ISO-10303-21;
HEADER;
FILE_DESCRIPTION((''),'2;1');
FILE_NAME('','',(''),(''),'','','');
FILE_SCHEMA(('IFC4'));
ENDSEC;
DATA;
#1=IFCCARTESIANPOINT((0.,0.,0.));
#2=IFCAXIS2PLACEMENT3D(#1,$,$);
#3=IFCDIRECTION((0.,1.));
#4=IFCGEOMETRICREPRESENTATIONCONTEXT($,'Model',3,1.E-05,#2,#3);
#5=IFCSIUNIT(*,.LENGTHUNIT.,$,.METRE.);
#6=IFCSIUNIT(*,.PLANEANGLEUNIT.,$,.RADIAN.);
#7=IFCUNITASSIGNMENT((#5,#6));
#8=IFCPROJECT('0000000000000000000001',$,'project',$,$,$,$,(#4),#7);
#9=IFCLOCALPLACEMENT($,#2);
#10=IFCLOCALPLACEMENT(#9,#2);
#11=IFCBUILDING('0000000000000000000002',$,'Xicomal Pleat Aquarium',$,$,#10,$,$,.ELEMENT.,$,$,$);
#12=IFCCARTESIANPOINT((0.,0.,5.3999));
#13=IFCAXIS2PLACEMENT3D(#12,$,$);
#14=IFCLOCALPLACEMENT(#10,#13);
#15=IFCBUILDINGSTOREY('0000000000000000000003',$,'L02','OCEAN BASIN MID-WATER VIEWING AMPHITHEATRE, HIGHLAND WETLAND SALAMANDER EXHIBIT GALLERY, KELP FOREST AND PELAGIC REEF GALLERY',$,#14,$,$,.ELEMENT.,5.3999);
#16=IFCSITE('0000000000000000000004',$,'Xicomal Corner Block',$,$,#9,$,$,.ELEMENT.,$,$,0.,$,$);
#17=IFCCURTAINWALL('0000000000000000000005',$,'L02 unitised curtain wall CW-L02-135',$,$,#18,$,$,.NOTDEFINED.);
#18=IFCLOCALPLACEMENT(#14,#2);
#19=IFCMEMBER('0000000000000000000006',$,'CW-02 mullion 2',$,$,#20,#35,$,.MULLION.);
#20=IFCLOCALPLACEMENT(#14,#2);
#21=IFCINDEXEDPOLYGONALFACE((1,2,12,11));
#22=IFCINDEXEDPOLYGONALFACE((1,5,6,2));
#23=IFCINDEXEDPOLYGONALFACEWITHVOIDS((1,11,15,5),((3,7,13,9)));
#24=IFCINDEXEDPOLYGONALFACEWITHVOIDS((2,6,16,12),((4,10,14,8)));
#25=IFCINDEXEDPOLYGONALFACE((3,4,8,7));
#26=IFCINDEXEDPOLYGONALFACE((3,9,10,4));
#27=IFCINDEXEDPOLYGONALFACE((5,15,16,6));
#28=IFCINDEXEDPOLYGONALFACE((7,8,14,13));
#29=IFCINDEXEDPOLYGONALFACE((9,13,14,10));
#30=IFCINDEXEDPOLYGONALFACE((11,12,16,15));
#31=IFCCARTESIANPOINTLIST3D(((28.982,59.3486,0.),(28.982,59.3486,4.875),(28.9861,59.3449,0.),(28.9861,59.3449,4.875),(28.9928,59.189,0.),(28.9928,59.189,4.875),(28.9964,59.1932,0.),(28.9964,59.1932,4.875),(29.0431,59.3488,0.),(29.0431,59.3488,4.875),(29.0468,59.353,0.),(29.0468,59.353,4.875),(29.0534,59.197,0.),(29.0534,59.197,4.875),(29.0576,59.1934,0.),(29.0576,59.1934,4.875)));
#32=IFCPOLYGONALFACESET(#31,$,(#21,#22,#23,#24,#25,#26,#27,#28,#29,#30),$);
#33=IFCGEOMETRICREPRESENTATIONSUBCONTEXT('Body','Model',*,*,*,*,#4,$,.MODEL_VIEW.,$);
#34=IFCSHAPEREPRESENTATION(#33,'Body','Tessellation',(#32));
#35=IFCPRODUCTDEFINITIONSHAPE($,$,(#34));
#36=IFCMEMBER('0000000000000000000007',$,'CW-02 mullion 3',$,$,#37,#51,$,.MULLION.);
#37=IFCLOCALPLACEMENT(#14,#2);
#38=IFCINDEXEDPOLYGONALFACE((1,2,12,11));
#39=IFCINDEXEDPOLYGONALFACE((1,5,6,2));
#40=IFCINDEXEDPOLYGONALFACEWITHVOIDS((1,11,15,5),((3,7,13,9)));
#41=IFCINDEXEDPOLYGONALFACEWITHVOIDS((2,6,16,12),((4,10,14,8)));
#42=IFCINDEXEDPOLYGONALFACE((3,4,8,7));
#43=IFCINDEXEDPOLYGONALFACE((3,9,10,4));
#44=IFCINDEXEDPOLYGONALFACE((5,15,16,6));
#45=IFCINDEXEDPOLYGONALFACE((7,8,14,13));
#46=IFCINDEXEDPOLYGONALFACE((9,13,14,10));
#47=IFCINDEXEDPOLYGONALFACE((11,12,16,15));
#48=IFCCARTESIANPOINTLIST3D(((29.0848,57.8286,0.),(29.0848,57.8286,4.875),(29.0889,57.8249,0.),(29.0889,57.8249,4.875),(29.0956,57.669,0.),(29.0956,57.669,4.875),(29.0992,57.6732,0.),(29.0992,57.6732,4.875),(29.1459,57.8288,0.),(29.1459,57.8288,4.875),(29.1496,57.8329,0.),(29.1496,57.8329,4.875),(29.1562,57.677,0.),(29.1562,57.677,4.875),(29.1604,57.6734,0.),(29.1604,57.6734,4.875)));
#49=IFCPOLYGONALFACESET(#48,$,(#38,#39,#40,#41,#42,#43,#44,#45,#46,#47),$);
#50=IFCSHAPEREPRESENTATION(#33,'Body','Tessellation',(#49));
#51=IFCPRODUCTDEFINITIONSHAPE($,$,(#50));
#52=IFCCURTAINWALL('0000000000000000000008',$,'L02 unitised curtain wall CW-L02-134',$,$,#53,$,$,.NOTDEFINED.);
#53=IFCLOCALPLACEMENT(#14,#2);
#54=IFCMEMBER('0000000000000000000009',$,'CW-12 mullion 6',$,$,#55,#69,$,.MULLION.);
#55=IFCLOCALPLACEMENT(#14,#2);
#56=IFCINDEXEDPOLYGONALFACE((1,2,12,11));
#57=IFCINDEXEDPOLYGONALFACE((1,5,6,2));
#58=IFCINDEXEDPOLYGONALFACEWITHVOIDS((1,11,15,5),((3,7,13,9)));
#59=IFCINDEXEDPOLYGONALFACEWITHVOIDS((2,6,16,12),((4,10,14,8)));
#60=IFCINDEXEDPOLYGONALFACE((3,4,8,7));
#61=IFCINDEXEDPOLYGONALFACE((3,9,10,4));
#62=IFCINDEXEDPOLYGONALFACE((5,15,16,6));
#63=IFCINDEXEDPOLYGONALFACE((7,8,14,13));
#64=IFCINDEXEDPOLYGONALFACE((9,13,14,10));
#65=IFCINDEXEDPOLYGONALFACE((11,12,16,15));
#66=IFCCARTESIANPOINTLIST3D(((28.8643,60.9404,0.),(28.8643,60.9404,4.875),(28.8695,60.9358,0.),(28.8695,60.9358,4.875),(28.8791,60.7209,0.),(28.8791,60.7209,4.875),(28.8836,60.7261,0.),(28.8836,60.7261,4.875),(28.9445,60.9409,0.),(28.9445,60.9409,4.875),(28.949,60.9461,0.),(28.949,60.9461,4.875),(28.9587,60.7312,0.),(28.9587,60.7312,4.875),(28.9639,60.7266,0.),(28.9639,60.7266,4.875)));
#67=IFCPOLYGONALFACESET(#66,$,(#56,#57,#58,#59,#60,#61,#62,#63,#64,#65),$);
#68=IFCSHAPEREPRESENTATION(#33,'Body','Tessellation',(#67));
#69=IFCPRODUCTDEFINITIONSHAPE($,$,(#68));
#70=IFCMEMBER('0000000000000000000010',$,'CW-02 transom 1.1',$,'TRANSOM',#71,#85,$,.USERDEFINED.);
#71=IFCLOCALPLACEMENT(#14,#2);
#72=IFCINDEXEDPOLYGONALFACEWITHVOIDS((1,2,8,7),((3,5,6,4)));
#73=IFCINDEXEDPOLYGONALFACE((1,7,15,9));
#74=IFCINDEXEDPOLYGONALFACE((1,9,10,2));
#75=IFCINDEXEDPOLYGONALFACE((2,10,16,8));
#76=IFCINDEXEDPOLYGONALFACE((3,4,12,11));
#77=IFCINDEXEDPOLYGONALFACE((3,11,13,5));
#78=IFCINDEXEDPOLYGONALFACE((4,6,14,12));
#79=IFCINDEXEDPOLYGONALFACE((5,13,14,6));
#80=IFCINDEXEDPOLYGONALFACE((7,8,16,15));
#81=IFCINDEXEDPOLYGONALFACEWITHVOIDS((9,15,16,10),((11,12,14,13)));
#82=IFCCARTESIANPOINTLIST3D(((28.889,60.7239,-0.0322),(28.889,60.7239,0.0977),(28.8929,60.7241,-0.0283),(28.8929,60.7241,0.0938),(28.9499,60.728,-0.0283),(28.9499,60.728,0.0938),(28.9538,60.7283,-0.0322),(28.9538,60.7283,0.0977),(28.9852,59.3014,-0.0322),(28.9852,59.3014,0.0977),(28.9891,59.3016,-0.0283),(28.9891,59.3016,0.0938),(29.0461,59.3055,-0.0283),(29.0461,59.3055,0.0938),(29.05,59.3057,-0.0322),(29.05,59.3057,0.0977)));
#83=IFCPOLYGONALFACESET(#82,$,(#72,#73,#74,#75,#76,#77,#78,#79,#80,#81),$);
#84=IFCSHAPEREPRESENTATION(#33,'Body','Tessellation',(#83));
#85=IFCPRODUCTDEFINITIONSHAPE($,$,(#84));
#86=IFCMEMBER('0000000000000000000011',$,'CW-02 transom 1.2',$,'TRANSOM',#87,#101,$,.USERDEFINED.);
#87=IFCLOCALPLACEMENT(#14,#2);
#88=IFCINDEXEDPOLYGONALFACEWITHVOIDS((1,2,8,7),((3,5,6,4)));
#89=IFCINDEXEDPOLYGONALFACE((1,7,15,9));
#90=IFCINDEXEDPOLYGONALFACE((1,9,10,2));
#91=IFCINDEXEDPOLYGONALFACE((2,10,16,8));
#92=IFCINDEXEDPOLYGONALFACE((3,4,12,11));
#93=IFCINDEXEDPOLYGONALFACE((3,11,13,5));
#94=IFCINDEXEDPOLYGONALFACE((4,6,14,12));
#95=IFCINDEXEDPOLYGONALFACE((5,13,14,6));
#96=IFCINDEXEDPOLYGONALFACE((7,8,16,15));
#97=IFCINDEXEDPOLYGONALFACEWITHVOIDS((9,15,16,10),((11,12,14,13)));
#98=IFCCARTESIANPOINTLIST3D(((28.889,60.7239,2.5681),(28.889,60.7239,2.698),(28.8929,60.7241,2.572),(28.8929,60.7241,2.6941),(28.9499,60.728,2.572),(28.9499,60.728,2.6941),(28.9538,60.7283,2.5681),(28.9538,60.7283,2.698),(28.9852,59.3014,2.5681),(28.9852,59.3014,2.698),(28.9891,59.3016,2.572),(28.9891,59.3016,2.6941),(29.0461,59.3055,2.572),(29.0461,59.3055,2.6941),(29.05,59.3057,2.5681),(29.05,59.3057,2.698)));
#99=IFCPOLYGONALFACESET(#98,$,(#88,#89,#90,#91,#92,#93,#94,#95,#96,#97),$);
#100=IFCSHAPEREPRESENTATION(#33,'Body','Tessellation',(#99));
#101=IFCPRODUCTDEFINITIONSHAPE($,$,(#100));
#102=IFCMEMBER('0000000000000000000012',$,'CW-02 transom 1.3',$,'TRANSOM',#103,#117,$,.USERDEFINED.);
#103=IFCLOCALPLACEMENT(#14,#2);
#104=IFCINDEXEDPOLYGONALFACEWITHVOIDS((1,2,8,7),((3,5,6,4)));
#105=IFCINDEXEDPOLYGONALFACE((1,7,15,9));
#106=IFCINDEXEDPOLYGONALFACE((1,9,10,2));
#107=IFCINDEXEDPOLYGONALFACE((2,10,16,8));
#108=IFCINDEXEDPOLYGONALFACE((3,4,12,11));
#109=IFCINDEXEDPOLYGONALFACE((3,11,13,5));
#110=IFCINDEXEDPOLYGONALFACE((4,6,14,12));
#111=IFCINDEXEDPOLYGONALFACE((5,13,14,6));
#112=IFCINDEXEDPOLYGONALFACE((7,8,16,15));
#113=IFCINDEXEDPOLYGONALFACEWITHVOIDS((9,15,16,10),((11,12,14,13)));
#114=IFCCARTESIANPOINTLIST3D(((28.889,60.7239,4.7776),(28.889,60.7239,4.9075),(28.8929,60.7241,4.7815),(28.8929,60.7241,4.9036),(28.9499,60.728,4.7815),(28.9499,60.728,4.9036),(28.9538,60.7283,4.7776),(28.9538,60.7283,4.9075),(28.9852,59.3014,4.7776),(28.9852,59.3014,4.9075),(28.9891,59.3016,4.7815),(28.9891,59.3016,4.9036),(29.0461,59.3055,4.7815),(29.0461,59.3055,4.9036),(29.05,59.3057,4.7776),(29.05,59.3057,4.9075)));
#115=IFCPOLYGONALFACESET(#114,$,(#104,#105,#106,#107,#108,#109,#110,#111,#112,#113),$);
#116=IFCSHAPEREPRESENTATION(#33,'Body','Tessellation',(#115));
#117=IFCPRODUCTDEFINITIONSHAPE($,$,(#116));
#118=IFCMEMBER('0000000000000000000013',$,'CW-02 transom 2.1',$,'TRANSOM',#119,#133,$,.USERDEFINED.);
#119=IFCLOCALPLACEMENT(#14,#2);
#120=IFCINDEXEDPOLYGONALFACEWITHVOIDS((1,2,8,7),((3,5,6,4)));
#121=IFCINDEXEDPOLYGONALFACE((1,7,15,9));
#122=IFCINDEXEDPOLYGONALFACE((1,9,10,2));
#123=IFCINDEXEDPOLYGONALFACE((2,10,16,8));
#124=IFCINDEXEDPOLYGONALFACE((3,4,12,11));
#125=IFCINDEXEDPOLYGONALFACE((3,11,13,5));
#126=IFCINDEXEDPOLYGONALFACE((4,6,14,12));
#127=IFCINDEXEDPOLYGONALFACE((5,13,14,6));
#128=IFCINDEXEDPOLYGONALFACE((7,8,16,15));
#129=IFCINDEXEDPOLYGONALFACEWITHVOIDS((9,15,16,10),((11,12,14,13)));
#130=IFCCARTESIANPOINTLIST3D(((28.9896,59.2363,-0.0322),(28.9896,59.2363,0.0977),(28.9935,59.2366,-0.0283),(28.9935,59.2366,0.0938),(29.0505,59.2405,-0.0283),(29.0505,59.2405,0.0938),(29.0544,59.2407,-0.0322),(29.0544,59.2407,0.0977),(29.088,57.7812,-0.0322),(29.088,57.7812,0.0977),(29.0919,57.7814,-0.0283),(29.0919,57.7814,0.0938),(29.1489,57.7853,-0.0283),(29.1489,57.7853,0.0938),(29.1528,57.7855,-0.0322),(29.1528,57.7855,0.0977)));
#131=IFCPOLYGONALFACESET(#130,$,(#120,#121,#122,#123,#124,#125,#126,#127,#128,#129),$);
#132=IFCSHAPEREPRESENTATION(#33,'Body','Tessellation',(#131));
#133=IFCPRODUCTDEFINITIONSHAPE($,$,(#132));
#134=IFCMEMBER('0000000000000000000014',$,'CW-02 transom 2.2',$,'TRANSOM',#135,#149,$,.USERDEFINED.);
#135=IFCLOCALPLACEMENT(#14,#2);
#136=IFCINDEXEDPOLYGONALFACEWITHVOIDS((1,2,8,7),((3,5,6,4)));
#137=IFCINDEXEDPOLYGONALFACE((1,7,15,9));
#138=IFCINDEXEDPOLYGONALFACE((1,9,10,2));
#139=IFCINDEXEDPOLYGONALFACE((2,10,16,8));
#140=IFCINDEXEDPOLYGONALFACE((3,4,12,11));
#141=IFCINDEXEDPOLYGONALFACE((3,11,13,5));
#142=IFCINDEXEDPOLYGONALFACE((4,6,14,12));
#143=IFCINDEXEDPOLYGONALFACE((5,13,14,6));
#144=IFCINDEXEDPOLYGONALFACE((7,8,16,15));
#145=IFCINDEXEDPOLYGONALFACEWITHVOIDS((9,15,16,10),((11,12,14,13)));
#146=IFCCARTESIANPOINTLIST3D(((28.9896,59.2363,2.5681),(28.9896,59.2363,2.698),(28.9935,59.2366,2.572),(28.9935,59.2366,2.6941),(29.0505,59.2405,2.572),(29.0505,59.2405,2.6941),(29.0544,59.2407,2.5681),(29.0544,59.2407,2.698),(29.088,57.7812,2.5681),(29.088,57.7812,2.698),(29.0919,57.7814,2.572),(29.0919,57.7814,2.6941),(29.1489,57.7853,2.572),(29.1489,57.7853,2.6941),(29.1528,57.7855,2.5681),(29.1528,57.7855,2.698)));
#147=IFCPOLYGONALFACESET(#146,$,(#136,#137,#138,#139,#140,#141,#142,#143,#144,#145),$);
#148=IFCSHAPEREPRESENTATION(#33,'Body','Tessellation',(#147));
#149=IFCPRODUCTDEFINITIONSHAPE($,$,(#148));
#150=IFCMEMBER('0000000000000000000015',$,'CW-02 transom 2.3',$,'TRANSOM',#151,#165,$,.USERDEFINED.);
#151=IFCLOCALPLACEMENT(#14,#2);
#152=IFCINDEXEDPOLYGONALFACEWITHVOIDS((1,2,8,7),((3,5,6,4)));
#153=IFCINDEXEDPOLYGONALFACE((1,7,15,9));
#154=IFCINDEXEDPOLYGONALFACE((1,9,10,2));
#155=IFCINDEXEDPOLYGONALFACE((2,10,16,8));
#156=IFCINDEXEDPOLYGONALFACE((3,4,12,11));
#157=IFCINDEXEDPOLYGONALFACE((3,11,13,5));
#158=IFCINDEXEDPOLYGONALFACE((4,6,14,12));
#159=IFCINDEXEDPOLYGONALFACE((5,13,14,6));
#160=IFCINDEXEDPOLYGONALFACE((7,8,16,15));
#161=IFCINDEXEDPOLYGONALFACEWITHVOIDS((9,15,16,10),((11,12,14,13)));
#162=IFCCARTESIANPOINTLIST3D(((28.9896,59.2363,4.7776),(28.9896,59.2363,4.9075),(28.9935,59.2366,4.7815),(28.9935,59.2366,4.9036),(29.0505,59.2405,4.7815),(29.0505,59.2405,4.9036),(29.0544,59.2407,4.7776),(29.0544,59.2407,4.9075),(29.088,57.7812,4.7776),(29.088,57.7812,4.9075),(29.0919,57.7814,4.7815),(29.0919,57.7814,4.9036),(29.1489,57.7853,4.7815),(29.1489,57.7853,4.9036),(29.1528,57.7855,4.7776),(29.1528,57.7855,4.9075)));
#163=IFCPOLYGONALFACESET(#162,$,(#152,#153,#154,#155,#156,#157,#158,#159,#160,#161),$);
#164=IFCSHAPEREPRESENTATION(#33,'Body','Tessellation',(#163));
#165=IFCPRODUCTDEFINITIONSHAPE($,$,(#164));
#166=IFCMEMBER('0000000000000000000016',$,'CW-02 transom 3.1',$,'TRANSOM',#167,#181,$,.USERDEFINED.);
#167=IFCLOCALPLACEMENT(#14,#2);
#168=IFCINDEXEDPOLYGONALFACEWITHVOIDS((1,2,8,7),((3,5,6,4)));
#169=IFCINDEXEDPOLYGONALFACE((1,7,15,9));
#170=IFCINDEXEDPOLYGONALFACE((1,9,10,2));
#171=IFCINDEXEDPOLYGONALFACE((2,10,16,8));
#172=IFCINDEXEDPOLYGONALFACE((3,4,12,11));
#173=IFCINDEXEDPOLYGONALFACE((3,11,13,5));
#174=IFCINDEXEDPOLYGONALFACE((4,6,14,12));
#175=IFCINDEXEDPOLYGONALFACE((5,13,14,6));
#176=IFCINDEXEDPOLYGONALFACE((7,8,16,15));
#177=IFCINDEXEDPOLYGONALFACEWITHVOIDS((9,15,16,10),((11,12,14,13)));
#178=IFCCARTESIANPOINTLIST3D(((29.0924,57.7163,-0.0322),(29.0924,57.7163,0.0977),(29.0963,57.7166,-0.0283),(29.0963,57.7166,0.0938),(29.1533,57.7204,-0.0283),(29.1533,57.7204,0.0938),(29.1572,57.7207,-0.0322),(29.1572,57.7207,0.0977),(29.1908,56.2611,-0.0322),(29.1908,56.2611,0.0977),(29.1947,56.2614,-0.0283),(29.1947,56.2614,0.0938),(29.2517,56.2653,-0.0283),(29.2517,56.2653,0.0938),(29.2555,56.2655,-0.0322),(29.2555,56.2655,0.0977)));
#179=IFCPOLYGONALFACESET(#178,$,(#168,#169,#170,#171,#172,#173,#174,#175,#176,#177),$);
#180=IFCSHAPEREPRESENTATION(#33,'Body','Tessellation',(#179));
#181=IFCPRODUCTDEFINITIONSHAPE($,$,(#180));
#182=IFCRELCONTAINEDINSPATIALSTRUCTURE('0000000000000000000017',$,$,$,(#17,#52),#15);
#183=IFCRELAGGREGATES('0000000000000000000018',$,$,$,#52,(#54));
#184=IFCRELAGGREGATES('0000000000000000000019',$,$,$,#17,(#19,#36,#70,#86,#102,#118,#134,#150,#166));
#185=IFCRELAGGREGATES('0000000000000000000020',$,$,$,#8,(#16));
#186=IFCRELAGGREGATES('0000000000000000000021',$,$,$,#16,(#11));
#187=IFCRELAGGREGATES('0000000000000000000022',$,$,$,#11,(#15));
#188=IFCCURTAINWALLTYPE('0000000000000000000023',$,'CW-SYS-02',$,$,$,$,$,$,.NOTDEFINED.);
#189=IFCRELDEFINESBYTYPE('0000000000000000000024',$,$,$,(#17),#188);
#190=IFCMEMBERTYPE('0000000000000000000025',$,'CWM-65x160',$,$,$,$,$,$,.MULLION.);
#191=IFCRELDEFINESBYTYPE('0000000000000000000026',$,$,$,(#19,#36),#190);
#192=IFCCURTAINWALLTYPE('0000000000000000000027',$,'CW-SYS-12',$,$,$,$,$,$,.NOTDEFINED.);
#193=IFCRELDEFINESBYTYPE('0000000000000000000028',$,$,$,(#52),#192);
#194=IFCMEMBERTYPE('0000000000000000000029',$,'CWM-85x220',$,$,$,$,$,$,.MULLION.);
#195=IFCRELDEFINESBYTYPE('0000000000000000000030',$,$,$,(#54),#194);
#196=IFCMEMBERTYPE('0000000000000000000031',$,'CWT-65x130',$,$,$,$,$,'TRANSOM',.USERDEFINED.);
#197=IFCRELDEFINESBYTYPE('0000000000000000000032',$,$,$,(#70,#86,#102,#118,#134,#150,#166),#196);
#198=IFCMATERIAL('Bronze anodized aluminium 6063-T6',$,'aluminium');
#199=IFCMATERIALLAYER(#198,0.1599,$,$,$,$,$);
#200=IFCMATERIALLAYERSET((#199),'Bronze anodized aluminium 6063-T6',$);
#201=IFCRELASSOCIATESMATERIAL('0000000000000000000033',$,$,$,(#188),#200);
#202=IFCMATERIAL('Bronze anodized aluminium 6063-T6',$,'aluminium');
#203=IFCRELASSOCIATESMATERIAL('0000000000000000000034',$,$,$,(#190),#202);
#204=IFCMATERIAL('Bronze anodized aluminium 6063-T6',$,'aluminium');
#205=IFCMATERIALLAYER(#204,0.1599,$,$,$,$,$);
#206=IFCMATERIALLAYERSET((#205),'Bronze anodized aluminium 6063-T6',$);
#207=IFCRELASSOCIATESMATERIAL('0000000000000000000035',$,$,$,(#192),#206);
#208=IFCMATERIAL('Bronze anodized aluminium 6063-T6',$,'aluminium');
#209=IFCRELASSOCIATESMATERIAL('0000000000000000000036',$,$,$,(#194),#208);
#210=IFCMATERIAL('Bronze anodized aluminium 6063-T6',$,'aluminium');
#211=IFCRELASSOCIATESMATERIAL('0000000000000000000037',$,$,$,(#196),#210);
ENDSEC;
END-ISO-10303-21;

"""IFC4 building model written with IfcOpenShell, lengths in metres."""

from ifc_helpers import new_model, si_unit, direction, frame, origin, origin_2d, place, context, subcontext, project, spatial, hollow_rectangle, extrude, material, layer, layer_set, material_profile, profile_set, type_object, element, aggregate, save


model = new_model("IFC4")

# Units and contexts
model_context = context("Model", 3, precision=1e-05, world=origin(), true_north=direction((0.0, 1.0)))
body_context = subcontext(model_context, "Body", "Model", "MODEL_VIEW")
ifc_project = project(units=[si_unit("LENGTHUNIT", "METRE"), si_unit("PLANEANGLEUNIT", "RADIAN")], contexts=[model_context])

# Site, building, storey
site_placement = place(None, origin())
site = spatial("IfcSite", under=ifc_project, at=site_placement, Name="Xicomal Corner Block", CompositionType="ELEMENT", RefElevation=0.0)
building_placement = place(site_placement, origin())
building = spatial("IfcBuilding", under=site, at=building_placement, Name="Xicomal Pleat Aquarium", CompositionType="ELEMENT")
storey_placement = place(building_placement, frame((0.0, 0.0, 5.3999)))
storey = spatial("IfcBuildingStorey", under=building, at=storey_placement, Name="L02", Description="OCEAN BASIN MID-WATER VIEWING AMPHITHEATRE, HIGHLAND WETLAND SALAMANDER EXHIBIT GALLERY, KELP FOREST AND PELAGIC REEF GALLERY", CompositionType="ELEMENT", Elevation=5.3999)

# Curtain wall, members
ifc_material_1 = material(Name="Bronze anodized aluminium 6063-T6", Category="aluminium")
ifc_layer_1 = layer(ifc_material_1, 0.1599)
ifc_layer_set_1 = layer_set([ifc_layer_1], Name="Bronze anodized aluminium 6063-T6")
curtain_wall_type_1 = type_object("IfcCurtainWallType", Name="CW-SYS-02", PredefinedType="NOTDEFINED", material=ifc_layer_set_1)
curtain_wall_1_placement = place(storey_placement, origin())
curtain_wall_1 = element("IfcCurtainWall", 1, at=curtain_wall_1_placement, inside=storey, type_object=curtain_wall_type_1, Name="L02 unitised curtain wall CW-L02-135", PredefinedType="NOTDEFINED")
ifc_material_2 = material(Name="Bronze anodized aluminium 6063-T6", Category="aluminium")
ifc_material_profile_1 = material_profile(ifc_material_2, hollow_rectangle(XDim=0.0649, YDim=0.1599, WallThickness=0.0039, at=origin_2d()), Name="ALU MULL 65x160")
ifc_profile_set_1 = profile_set([ifc_material_profile_1], Name="Bronze anodized aluminium 6063-T6")
member_type_1 = type_object("IfcMemberType", Name="CWM-65x160", PredefinedType="MULLION", material=ifc_profile_set_1)
member_1_placement = place(storey_placement, frame((29.0198, 59.271, 0.0), z_axis=(0.0, 0.0, 1.0), x_axis=(0.997721, 0.067477, 0.0)))
member_1 = element("IfcMember", 2, at=member_1_placement, type_object=member_type_1, Name="CW-02 mullion 2", PredefinedType="MULLION", context=body_context, shape_type="SweptSolid", body=[
    extrude(hollow_rectangle(XDim=0.0649, YDim=0.1599, WallThickness=0.0039, at=origin_2d()), origin(), (0.0, 0.0, 1.0), 4.875),
])
member_2_placement = place(storey_placement, frame((29.1226, 57.751, 0.0), z_axis=(0.0, 0.0, 1.0), x_axis=(0.997721, 0.067477, 0.0)))
member_2 = element("IfcMember", 3, at=member_2_placement, type_object=member_type_1, Name="CW-02 mullion 3", PredefinedType="MULLION", context=body_context, shape_type="SweptSolid", body=[
    extrude(hollow_rectangle(XDim=0.0649, YDim=0.1599, WallThickness=0.0039, at=origin_2d()), origin(), (0.0, 0.0, 1.0), 4.875),
])

# Curtain wall, member
ifc_material_3 = material(Name="Bronze anodized aluminium 6063-T6", Category="aluminium")
ifc_layer_2 = layer(ifc_material_3, 0.1599)
ifc_layer_set_2 = layer_set([ifc_layer_2], Name="Bronze anodized aluminium 6063-T6")
curtain_wall_type_2 = type_object("IfcCurtainWallType", Name="CW-SYS-12", PredefinedType="NOTDEFINED", material=ifc_layer_set_2)
curtain_wall_2_placement = place(storey_placement, origin())
curtain_wall_2 = element("IfcCurtainWall", 4, at=curtain_wall_2_placement, inside=storey, type_object=curtain_wall_type_2, Name="L02 unitised curtain wall CW-L02-134", PredefinedType="NOTDEFINED")
ifc_material_4 = material(Name="Bronze anodized aluminium 6063-T6", Category="aluminium")
ifc_material_profile_2 = material_profile(ifc_material_4, hollow_rectangle(XDim=0.085, YDim=0.22, WallThickness=0.0049, at=origin_2d()), Name="ALU MULL 85x220")
ifc_profile_set_2 = profile_set([ifc_material_profile_2], Name="Bronze anodized aluminium 6063-T6")
member_type_2 = type_object("IfcMemberType", Name="CWM-85x220", PredefinedType="MULLION", material=ifc_profile_set_2)
member_3_placement = place(storey_placement, frame((28.9141, 60.8335, 0.0), z_axis=(0.0, 0.0, 1.0), x_axis=(0.997721, 0.067477, 0.0)))
member_3 = element("IfcMember", 5, at=member_3_placement, type_object=member_type_2, Name="CW-12 mullion 6", PredefinedType="MULLION", context=body_context, shape_type="SweptSolid", body=[
    extrude(hollow_rectangle(XDim=0.085, YDim=0.22, WallThickness=0.0049, at=origin_2d()), origin(), (0.0, 0.0, 1.0), 4.875),
])

# Members
ifc_material_5 = material(Name="Bronze anodized aluminium 6063-T6", Category="aluminium")
ifc_material_profile_3 = material_profile(ifc_material_5, hollow_rectangle(XDim=0.0649, YDim=0.1299, WallThickness=0.0039, at=origin_2d()), Name="ALU TRAN 65x130")
ifc_profile_set_3 = profile_set([ifc_material_profile_3], Name="Bronze anodized aluminium 6063-T6")
member_type_3 = type_object("IfcMemberType", Name="CWT-65x130", ElementType="TRANSOM", PredefinedType="USERDEFINED", material=ifc_profile_set_3)
member_4_placement = place(storey_placement, frame((28.9214, 60.7261, 0.0327), z_axis=(0.067462, -0.997722, 0.0), x_axis=(0.997722, 0.067462, 0.0)))
member_4 = element("IfcMember", 6, at=member_4_placement, type_object=member_type_3, Name="CW-02 transom 1.1", ObjectType="TRANSOM", PredefinedType="USERDEFINED", context=body_context, shape_type="SweptSolid", body=[
    extrude(hollow_rectangle(XDim=0.0649, YDim=0.1299, WallThickness=0.0039, at=origin_2d()), origin(), (0.0, 0.0, 1.0), 1.4258),
])
member_5_placement = place(storey_placement, frame((28.9214, 60.7261, 2.6331), z_axis=(0.067462, -0.997722, 0.0), x_axis=(0.997722, 0.067462, 0.0)))
member_5 = element("IfcMember", 7, at=member_5_placement, type_object=member_type_3, Name="CW-02 transom 1.2", ObjectType="TRANSOM", PredefinedType="USERDEFINED", context=body_context, shape_type="SweptSolid", body=[
    extrude(hollow_rectangle(XDim=0.0649, YDim=0.1299, WallThickness=0.0039, at=origin_2d()), origin(), (0.0, 0.0, 1.0), 1.4258),
])
member_6_placement = place(storey_placement, frame((28.9214, 60.7261, 4.8425), z_axis=(0.067462, -0.997722, 0.0), x_axis=(0.997722, 0.067462, 0.0)))
member_6 = element("IfcMember", 8, at=member_6_placement, type_object=member_type_3, Name="CW-02 transom 1.3", ObjectType="TRANSOM", PredefinedType="USERDEFINED", context=body_context, shape_type="SweptSolid", body=[
    extrude(hollow_rectangle(XDim=0.0649, YDim=0.1299, WallThickness=0.0039, at=origin_2d()), origin(), (0.0, 0.0, 1.0), 1.4258),
])
member_7_placement = place(storey_placement, frame((29.022, 59.2385, 0.0327), z_axis=(0.067463, -0.997722, 0.0), x_axis=(0.997722, 0.067463, 0.0)))
member_7 = element("IfcMember", 9, at=member_7_placement, type_object=member_type_3, Name="CW-02 transom 2.1", ObjectType="TRANSOM", PredefinedType="USERDEFINED", context=body_context, shape_type="SweptSolid", body=[
    extrude(hollow_rectangle(XDim=0.0649, YDim=0.1299, WallThickness=0.0039, at=origin_2d()), origin(), (0.0, 0.0, 1.0), 1.4585),
])
member_8_placement = place(storey_placement, frame((29.022, 59.2385, 2.6331), z_axis=(0.067463, -0.997722, 0.0), x_axis=(0.997722, 0.067463, 0.0)))
member_8 = element("IfcMember", 10, at=member_8_placement, type_object=member_type_3, Name="CW-02 transom 2.2", ObjectType="TRANSOM", PredefinedType="USERDEFINED", context=body_context, shape_type="SweptSolid", body=[
    extrude(hollow_rectangle(XDim=0.0649, YDim=0.1299, WallThickness=0.0039, at=origin_2d()), origin(), (0.0, 0.0, 1.0), 1.4585),
])
member_9_placement = place(storey_placement, frame((29.022, 59.2385, 4.8425), z_axis=(0.067463, -0.997722, 0.0), x_axis=(0.997722, 0.067463, 0.0)))
member_9 = element("IfcMember", 11, at=member_9_placement, type_object=member_type_3, Name="CW-02 transom 2.3", ObjectType="TRANSOM", PredefinedType="USERDEFINED", context=body_context, shape_type="SweptSolid", body=[
    extrude(hollow_rectangle(XDim=0.0649, YDim=0.1299, WallThickness=0.0039, at=origin_2d()), origin(), (0.0, 0.0, 1.0), 1.4585),
])
member_10_placement = place(storey_placement, frame((29.1248, 57.7185, 0.0327), z_axis=(0.067463, -0.997722, 0.0), x_axis=(0.997722, 0.067463, 0.0)))
member_10 = element("IfcMember", 12, at=member_10_placement, type_object=member_type_3, Name="CW-02 transom 3.1", ObjectType="TRANSOM", PredefinedType="USERDEFINED", context=body_context, shape_type="SweptSolid", body=[
    extrude(hollow_rectangle(XDim=0.0649, YDim=0.1299, WallThickness=0.0039, at=origin_2d()), origin(), (0.0, 0.0, 1.0), 1.4585),
])

aggregate(curtain_wall_2, [member_3])
aggregate(curtain_wall_1, [member_1, member_2, member_4, member_5, member_6, member_7, member_8, member_9, member_10])

save(model, "model.ifc")
